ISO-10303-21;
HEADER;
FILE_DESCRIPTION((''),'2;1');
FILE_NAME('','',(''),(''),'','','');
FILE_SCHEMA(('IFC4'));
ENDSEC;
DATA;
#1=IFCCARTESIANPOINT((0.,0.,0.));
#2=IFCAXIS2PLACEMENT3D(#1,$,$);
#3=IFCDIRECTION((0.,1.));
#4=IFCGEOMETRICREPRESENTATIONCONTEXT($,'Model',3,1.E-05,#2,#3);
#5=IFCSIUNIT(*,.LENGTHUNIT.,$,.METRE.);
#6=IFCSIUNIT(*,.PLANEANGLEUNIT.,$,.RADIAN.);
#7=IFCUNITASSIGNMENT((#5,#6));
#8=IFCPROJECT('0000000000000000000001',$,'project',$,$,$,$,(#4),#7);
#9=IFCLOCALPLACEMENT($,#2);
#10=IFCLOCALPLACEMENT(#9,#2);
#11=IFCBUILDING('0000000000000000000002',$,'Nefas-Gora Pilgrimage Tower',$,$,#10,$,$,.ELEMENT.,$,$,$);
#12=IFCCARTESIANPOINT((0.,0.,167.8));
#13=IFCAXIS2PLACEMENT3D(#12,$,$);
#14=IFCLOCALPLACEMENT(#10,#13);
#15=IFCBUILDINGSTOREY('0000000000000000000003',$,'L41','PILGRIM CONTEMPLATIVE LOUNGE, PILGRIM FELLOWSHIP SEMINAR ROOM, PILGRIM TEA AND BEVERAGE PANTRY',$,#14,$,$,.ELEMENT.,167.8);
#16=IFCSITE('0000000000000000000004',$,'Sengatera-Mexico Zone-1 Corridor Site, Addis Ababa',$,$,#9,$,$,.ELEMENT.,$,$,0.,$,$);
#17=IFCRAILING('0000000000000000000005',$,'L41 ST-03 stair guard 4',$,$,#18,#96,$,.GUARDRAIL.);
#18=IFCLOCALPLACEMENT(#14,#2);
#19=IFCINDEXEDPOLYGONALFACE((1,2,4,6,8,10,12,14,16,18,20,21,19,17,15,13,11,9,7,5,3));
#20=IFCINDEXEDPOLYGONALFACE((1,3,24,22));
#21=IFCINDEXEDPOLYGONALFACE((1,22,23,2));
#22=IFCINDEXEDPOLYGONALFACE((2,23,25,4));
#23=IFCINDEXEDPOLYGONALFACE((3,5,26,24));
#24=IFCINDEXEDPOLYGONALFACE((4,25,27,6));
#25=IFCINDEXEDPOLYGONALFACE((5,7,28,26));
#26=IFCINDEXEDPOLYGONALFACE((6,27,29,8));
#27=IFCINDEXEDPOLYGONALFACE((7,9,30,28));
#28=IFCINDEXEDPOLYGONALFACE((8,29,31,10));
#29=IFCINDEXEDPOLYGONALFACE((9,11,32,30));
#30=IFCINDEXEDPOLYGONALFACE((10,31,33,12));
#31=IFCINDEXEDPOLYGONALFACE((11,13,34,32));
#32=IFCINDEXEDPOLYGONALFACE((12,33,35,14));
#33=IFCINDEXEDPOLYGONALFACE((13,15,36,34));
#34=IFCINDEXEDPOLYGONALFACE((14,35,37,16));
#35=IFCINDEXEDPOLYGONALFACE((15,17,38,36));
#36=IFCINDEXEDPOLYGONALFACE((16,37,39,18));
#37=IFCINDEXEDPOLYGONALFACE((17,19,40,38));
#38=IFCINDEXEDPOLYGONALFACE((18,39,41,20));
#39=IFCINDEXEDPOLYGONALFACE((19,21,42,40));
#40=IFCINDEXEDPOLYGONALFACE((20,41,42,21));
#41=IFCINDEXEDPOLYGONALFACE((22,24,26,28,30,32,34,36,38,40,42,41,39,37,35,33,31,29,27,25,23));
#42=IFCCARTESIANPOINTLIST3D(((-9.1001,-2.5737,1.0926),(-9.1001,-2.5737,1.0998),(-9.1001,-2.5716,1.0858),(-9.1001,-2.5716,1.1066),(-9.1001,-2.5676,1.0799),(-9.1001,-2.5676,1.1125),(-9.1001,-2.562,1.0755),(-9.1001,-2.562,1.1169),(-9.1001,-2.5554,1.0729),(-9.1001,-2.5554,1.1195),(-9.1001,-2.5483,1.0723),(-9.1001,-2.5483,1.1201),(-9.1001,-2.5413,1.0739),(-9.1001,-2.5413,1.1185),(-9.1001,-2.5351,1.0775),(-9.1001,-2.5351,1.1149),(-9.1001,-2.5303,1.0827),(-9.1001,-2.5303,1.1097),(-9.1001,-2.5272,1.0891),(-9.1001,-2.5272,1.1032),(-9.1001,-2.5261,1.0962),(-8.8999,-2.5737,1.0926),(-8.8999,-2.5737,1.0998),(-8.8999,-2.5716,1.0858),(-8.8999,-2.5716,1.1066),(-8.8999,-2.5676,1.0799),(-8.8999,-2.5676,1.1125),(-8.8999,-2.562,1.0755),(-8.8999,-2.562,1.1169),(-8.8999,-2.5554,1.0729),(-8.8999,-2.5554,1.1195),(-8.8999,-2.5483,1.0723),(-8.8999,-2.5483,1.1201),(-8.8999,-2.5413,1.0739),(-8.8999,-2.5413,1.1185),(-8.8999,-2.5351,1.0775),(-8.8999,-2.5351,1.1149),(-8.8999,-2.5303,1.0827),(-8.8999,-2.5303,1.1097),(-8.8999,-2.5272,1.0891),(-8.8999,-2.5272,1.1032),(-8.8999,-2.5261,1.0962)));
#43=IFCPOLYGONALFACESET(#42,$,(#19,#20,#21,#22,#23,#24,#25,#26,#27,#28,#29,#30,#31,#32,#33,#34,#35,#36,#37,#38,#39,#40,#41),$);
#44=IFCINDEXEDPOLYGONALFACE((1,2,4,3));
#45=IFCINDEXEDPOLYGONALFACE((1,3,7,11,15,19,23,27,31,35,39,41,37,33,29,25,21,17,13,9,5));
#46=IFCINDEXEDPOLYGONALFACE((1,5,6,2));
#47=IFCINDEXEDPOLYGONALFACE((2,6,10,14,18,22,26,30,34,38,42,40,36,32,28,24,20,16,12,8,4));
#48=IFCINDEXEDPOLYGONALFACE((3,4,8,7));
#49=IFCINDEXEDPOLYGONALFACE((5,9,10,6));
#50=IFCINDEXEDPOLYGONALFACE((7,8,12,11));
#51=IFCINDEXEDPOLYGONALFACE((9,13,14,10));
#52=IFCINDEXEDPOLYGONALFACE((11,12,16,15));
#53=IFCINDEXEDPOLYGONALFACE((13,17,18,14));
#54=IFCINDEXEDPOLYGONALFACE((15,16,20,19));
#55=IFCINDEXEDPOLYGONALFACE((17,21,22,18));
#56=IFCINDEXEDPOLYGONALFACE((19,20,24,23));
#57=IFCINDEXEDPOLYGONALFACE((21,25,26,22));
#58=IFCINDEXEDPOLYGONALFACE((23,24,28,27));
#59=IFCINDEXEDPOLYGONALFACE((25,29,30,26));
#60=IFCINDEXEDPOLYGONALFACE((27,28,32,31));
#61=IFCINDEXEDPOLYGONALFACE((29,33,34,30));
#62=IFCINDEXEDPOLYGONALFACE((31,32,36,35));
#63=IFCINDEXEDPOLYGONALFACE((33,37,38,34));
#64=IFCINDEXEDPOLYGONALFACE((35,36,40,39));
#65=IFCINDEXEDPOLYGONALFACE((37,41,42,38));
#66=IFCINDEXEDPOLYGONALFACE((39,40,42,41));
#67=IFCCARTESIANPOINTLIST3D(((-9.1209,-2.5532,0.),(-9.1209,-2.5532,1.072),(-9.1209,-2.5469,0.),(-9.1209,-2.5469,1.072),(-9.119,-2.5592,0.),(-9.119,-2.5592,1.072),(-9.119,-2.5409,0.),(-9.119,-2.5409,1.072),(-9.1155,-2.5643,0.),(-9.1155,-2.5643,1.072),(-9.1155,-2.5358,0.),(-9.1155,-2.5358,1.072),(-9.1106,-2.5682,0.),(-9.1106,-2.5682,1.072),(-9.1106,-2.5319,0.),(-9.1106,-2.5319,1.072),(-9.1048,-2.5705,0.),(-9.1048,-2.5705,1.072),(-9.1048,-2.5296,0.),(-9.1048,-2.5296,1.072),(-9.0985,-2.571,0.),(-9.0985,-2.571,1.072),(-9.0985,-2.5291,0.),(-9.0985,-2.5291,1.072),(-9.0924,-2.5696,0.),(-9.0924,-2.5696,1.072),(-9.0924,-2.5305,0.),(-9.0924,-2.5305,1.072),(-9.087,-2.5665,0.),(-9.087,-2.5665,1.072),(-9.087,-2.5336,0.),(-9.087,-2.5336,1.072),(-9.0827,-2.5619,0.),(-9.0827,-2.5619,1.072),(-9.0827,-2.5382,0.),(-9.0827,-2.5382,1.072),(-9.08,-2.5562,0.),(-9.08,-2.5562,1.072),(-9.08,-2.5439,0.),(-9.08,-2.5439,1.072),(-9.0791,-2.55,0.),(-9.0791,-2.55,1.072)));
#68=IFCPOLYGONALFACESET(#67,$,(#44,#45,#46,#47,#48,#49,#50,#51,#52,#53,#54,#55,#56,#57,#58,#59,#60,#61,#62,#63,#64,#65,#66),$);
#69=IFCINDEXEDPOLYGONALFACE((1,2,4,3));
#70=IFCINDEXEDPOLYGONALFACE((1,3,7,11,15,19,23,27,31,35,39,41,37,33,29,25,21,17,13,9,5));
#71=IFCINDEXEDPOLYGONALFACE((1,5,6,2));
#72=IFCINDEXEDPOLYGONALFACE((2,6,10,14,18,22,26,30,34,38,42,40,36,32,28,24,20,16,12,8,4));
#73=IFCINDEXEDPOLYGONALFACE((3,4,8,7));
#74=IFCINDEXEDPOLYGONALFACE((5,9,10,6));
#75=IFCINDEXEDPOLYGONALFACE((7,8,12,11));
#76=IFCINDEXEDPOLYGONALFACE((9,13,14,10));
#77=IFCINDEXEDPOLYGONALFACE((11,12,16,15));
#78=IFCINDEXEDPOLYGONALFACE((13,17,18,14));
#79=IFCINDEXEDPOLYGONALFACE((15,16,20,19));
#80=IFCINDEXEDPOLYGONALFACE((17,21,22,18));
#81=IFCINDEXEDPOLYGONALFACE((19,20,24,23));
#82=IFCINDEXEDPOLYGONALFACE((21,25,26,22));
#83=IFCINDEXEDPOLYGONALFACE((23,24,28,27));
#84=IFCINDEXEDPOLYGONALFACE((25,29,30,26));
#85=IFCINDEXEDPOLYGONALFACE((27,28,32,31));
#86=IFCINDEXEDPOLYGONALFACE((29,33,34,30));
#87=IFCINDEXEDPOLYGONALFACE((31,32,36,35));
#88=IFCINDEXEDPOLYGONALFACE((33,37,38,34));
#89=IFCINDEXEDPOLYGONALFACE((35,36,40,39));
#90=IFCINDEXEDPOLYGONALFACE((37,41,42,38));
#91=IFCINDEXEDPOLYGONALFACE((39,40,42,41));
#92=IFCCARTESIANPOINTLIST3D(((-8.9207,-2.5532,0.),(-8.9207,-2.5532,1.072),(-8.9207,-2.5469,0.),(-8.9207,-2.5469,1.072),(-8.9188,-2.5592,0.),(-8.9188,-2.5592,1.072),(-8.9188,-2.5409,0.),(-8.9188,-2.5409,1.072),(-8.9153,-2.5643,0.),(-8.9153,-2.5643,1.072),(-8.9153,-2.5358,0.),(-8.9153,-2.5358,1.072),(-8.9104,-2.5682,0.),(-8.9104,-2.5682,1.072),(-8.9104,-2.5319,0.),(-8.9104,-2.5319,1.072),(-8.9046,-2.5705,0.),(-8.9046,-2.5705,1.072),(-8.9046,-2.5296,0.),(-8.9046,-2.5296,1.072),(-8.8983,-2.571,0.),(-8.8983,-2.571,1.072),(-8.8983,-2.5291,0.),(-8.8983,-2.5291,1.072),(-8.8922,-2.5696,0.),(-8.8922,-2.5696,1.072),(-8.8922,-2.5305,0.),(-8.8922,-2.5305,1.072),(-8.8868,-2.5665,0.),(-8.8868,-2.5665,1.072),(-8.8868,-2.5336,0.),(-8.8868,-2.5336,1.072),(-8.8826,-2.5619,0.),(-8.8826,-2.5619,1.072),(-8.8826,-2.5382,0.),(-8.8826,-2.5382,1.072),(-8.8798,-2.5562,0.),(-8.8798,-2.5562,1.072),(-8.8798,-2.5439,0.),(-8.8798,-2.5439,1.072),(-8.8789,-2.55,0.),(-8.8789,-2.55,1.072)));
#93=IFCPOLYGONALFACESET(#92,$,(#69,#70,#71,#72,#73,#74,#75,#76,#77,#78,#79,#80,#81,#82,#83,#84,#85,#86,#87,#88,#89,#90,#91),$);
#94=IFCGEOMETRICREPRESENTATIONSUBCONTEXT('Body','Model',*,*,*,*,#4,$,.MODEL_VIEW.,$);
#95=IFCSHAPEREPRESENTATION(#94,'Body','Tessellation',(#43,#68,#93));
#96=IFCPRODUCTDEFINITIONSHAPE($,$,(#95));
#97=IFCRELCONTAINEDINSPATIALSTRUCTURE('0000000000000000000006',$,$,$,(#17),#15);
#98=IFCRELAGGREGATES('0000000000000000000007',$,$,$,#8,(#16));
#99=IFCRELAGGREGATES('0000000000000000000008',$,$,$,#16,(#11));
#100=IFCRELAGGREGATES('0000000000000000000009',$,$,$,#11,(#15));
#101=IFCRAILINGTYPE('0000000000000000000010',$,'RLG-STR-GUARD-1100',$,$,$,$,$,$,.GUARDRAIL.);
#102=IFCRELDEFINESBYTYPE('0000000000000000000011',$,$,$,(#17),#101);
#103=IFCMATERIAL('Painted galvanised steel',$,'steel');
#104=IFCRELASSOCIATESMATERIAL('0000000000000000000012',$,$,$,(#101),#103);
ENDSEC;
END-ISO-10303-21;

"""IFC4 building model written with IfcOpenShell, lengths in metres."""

from ifc_helpers import new_model, si_unit, direction, frame, origin, origin_2d, place, context, subcontext, project, spatial, circle, extrude, material, type_object, element, save


model = new_model("IFC4")

# Units and contexts
model_context = context("Model", 3, precision=1e-05, world=origin(), true_north=direction((0.0, 1.0)))
body_context = subcontext(model_context, "Body", "Model", "MODEL_VIEW")
ifc_project = project(units=[si_unit("LENGTHUNIT", "METRE"), si_unit("PLANEANGLEUNIT", "RADIAN")], contexts=[model_context])

# Site, building, storey
site_placement = place(None, origin())
site = spatial("IfcSite", under=ifc_project, at=site_placement, Name="Sengatera-Mexico Zone-1 Corridor Site, Addis Ababa", CompositionType="ELEMENT", RefElevation=0.0)
building_placement = place(site_placement, origin())
building = spatial("IfcBuilding", under=site, at=building_placement, Name="Nefas-Gora Pilgrimage Tower", CompositionType="ELEMENT")
storey_placement = place(building_placement, frame((0.0, 0.0, 167.8)))
storey = spatial("IfcBuildingStorey", under=building, at=storey_placement, Name="L41", Description="PILGRIM CONTEMPLATIVE LOUNGE, PILGRIM FELLOWSHIP SEMINAR ROOM, PILGRIM TEA AND BEVERAGE PANTRY", CompositionType="ELEMENT", Elevation=167.8)

# Railing
ifc_material_1 = material(Name="Painted galvanised steel", Category="steel")
railing_type_1 = type_object("IfcRailingType", Name="RLG-STR-GUARD-1100", PredefinedType="GUARDRAIL", material=ifc_material_1)
railing_1_placement = place(storey_placement, frame((-9.1001, -2.55, 0.0)))
element("IfcRailing", 1, at=railing_1_placement, inside=storey, type_object=railing_type_1, Name="L41 ST-03 stair guard 4", PredefinedType="GUARDRAIL", context=body_context, shape_type="SweptSolid", body=[
    extrude(circle(Radius=0.0239, at=origin_2d()), frame((0.0, 0.0, 1.0962), z_axis=(1.0, 0.0, 0.0), x_axis=(0.0, 1.0, 0.0)), (0.0, 0.0, 1.0), 0.2002),
    extrude(circle(Radius=0.021, at=origin_2d()), origin(), (0.0, 0.0, 1.0), 1.072),
    extrude(circle(Radius=0.021, at=origin_2d()), frame((0.2002, 0.0, 0.0)), (0.0, 0.0, 1.0), 1.072),
])

save(model, "model.ifc")
